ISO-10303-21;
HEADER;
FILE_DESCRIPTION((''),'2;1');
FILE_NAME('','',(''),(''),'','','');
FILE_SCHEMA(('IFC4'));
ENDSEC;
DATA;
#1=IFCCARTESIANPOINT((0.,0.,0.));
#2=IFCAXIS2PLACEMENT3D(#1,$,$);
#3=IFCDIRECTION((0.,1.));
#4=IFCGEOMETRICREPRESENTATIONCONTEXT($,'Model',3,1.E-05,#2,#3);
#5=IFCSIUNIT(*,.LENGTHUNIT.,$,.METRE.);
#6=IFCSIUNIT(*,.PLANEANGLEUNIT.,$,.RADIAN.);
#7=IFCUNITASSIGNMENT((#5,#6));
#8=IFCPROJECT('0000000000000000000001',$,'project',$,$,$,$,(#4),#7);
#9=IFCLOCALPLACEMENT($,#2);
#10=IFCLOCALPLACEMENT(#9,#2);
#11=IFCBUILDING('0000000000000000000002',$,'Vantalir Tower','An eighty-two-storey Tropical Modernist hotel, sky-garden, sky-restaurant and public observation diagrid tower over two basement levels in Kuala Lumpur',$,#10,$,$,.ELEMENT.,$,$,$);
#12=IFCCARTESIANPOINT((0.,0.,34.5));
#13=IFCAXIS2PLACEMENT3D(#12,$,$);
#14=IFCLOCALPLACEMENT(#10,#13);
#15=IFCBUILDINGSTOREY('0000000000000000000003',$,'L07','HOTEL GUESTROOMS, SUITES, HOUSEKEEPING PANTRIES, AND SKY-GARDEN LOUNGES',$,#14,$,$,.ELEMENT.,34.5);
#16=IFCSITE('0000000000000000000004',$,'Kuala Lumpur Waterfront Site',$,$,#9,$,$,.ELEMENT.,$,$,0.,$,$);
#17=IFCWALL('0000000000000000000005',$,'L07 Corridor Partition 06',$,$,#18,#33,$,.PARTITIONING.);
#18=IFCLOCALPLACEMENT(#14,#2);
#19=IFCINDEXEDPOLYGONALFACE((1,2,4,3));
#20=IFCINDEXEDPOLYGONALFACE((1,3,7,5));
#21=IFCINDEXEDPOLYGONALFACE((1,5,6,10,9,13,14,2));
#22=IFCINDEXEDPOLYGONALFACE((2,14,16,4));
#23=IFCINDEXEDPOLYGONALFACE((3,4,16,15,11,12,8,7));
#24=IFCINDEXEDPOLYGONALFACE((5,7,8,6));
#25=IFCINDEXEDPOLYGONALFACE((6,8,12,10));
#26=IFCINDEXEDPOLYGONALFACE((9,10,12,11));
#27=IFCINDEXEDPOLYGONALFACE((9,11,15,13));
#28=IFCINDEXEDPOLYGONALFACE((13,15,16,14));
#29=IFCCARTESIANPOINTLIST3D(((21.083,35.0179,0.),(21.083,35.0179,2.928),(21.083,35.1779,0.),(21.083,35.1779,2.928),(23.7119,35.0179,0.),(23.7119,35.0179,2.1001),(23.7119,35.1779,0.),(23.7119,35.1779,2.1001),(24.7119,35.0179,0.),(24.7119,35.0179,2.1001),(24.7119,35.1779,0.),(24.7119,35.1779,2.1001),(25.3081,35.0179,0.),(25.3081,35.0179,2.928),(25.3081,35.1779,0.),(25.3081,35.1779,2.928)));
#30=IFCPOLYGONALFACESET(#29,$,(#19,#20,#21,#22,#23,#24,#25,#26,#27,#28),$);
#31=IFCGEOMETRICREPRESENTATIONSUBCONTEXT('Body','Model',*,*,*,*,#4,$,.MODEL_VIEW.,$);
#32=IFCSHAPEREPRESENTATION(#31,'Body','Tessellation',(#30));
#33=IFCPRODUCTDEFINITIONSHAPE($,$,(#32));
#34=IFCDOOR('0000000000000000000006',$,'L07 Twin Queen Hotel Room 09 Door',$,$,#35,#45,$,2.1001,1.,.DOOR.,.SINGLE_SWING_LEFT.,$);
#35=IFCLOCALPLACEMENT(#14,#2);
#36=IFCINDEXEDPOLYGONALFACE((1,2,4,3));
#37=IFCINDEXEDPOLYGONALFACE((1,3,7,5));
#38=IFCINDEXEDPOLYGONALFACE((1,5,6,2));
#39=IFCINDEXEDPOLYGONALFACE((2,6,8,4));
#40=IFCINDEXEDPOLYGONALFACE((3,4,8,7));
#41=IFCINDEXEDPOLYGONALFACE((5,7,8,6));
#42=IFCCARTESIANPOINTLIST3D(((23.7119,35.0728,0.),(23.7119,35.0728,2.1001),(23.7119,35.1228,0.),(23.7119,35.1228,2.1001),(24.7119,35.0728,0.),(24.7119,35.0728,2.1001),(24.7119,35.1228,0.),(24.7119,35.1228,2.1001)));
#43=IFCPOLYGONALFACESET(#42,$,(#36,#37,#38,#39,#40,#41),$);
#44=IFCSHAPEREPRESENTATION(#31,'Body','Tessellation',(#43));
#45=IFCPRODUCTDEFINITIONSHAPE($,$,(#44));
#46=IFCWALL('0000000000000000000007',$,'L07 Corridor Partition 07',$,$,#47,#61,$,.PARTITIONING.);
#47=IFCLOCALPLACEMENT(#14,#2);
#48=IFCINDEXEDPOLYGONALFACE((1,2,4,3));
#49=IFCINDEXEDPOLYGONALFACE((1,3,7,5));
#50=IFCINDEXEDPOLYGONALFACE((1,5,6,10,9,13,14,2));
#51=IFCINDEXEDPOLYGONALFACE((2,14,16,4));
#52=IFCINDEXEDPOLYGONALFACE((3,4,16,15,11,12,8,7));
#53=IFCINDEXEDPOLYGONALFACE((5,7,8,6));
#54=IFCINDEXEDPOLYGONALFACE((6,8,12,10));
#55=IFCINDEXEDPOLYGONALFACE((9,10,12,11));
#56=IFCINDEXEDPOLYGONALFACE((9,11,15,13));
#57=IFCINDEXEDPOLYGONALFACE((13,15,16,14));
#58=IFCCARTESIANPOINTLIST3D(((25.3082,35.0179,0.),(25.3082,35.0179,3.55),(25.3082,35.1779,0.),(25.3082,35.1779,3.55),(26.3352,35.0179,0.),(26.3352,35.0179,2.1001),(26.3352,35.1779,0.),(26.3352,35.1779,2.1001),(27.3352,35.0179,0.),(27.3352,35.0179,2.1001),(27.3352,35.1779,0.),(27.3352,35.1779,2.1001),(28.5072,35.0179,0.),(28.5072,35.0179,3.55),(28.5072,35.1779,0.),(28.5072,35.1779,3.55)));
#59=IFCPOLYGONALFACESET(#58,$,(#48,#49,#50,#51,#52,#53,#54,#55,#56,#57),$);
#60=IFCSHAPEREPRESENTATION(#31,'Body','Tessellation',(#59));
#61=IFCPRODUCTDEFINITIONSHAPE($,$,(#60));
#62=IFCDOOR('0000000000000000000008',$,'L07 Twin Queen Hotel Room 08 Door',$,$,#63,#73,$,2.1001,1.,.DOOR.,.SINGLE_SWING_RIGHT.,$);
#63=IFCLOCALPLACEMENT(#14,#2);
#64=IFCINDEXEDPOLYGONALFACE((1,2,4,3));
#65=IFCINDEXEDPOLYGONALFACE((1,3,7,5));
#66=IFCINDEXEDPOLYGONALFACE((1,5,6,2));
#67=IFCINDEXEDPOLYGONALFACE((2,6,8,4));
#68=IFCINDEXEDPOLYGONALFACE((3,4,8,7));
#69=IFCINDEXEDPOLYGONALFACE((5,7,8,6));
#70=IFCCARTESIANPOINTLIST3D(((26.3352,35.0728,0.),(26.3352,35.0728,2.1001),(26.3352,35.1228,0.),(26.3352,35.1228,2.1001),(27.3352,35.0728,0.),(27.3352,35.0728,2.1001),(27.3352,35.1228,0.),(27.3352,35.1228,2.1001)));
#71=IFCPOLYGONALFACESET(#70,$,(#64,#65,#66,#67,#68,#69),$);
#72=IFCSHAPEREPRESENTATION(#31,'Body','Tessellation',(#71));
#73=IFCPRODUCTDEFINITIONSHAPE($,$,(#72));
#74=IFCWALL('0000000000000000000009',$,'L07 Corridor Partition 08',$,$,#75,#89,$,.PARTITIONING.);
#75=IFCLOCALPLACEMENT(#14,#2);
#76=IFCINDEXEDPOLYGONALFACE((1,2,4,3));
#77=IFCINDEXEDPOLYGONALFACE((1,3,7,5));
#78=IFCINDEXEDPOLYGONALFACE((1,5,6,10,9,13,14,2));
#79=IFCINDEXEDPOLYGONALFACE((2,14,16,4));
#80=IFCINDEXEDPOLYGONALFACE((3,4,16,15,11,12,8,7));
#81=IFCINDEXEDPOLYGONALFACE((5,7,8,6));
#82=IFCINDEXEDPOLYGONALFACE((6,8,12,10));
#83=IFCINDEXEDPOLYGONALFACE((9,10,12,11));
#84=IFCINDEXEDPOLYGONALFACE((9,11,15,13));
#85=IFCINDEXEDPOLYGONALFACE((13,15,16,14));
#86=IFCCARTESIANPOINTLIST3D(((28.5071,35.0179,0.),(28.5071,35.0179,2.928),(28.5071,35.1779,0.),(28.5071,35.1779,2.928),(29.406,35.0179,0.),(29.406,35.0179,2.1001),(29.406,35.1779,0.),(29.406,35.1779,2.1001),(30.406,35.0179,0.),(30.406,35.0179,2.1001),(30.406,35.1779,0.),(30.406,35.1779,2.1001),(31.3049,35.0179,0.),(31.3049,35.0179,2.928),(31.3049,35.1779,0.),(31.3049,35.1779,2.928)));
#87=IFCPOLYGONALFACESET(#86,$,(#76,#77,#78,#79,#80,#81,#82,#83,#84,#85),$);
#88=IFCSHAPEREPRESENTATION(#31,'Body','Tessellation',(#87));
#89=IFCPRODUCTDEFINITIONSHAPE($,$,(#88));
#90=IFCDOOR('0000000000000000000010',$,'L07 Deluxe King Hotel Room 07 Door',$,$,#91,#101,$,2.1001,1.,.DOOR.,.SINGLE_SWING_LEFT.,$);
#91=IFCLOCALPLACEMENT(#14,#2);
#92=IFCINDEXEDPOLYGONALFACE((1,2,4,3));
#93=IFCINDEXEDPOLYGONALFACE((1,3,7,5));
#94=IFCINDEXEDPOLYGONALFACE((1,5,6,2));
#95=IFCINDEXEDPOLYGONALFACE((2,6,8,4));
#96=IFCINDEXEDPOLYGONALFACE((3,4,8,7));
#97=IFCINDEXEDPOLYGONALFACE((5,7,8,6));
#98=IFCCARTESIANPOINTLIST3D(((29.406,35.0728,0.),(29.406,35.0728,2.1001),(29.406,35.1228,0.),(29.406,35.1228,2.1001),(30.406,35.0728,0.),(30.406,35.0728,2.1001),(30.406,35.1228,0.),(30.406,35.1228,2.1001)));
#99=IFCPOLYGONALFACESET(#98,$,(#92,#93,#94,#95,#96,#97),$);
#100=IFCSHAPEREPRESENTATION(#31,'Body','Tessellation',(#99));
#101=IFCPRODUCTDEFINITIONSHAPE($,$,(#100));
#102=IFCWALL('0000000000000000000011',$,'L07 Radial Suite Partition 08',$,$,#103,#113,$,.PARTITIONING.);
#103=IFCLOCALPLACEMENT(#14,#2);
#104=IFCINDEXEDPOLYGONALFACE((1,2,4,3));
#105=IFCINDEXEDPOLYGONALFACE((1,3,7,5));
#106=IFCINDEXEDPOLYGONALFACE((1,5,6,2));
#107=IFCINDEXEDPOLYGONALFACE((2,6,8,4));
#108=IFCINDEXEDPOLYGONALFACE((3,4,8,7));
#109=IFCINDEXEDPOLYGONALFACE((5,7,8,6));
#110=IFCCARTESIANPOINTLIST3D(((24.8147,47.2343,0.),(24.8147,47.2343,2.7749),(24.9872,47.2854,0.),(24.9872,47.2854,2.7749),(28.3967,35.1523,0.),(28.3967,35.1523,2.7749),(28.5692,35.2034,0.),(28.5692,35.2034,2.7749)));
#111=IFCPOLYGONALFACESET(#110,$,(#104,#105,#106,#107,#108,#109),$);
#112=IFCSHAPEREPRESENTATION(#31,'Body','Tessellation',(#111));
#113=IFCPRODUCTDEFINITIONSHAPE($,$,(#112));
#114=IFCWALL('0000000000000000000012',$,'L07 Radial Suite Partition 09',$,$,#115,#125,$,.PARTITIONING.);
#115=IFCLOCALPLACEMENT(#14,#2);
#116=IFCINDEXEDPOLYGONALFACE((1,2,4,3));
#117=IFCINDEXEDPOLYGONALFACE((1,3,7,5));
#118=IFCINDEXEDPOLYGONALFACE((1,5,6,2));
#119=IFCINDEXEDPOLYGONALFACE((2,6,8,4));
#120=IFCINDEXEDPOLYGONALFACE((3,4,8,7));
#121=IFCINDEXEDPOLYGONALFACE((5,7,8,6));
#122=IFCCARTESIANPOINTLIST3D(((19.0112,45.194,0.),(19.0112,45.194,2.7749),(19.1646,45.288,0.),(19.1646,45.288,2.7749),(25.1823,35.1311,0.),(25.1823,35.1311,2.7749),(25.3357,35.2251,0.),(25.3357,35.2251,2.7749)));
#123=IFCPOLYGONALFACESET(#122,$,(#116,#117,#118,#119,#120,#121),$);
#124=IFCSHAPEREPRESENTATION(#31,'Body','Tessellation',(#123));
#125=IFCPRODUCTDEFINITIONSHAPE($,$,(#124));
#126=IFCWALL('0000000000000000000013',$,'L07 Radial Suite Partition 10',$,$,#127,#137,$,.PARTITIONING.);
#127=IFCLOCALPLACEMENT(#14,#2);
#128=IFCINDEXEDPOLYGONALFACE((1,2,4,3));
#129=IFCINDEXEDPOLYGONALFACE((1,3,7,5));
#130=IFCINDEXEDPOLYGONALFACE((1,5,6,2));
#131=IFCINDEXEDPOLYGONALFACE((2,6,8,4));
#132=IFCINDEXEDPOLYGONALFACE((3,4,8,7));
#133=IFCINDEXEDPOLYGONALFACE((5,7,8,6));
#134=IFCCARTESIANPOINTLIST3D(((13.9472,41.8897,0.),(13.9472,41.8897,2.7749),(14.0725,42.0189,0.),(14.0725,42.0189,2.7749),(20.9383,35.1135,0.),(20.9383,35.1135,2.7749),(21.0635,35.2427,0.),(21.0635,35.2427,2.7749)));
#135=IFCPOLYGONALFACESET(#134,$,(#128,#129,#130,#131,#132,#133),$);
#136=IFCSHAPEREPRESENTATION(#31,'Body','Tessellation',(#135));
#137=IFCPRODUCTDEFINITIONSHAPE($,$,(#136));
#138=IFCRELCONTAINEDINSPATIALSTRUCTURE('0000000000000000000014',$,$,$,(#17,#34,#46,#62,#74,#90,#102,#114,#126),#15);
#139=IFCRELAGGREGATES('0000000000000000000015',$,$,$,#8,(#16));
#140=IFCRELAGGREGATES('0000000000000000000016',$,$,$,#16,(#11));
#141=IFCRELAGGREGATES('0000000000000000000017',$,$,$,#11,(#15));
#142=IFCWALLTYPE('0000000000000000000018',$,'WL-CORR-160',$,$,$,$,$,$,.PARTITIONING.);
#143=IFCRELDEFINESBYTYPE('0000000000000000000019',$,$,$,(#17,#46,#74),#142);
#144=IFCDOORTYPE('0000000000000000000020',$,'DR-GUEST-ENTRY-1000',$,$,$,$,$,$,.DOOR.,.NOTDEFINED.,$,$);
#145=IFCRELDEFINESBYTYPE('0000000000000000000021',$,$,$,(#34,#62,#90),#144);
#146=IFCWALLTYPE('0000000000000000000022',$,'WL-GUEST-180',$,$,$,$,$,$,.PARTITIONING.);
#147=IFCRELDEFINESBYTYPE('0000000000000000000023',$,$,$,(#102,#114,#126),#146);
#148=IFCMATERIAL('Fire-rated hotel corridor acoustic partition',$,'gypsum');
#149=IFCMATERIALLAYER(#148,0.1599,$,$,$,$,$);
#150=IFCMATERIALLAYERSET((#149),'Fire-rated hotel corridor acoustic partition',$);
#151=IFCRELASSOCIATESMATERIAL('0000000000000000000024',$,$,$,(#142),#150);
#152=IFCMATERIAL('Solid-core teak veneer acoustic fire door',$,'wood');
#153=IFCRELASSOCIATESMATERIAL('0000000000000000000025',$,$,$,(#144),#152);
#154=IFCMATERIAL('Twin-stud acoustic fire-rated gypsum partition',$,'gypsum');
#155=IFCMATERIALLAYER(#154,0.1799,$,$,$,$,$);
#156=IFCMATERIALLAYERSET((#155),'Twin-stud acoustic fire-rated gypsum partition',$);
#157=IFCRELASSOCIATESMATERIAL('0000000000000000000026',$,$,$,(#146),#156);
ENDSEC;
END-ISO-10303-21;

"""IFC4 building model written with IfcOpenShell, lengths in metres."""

from ifc_helpers import new_model, si_unit, direction, frame, frame_2d, origin, place, context, subcontext, project, spatial, rectangle, extrude, material, layer, layer_set, type_object, element, fill, save


model = new_model("IFC4")

# Units and contexts
model_context = context("Model", 3, precision=1e-05, world=origin(), true_north=direction((0.0, 1.0)))
body_context = subcontext(model_context, "Body", "Model", "MODEL_VIEW")
ifc_project = project(units=[si_unit("LENGTHUNIT", "METRE"), si_unit("PLANEANGLEUNIT", "RADIAN")], contexts=[model_context])

# Site, building, storey
site_placement = place(None, origin())
site = spatial("IfcSite", under=ifc_project, at=site_placement, Name="Kuala Lumpur Waterfront Site", CompositionType="ELEMENT", RefElevation=0.0)
building_placement = place(site_placement, origin())
building = spatial("IfcBuilding", under=site, at=building_placement, Name="Vantalir Tower", Description="An eighty-two-storey Tropical Modernist hotel, sky-garden, sky-restaurant and public observation diagrid tower over two basement levels in Kuala Lumpur", CompositionType="ELEMENT")
storey_placement = place(building_placement, frame((0.0, 0.0, 34.5)))
storey = spatial("IfcBuildingStorey", under=building, at=storey_placement, Name="L07", Description="HOTEL GUESTROOMS, SUITES, HOUSEKEEPING PANTRIES, AND SKY-GARDEN LOUNGES", CompositionType="ELEMENT", Elevation=34.5)

# Shared definitions
ifc_material_1 = material(Name="Fire-rated hotel corridor acoustic partition", Category="gypsum")
ifc_layer_1 = layer(ifc_material_1, 0.1599)
ifc_layer_set_1 = layer_set([ifc_layer_1], Name="Fire-rated hotel corridor acoustic partition")
wall_type_1 = type_object("IfcWallType", Name="WL-CORR-160", PredefinedType="PARTITIONING", material=ifc_layer_set_1)

# Walls, openings, doors
wall_1_placement = place(storey_placement, frame((21.083, 35.0979, 0.0), z_axis=(0.0, 0.0, 1.0), x_axis=(1.0, 0.0, 0.0)))
wall_1 = element("IfcWall", 1, at=wall_1_placement, inside=storey, type_object=wall_type_1, Name="L07 Corridor Partition 06", PredefinedType="PARTITIONING", context=body_context, shape_type="SweptSolid", body=[
    extrude(rectangle(XDim=4.2251, YDim=0.1599, at=frame_2d((2.1125, 0.0))), origin(), (0.0, 0.0, 1.0), 2.928),
])
opening_1_placement = place(wall_1_placement, frame((2.6289, 0.0, 0.0)))
opening_1 = element("IfcOpeningElement", 2, at=opening_1_placement, cuts=wall_1, PredefinedType="OPENING", context=body_context, shape_type="SweptSolid", body=[
    extrude(rectangle(XDim=1.0, YDim=2.1001, at=frame_2d((0.5, 1.05))), frame((0.0, 0.0898, 0.0), z_axis=(0.0, -1.0, 0.0), x_axis=(1.0, 0.0, 0.0)), (0.0, 0.0, 1.0), 0.1799),
])
ifc_material_2 = material(Name="Solid-core teak veneer acoustic fire door", Category="wood")
door_type_1 = type_object("IfcDoorType", Name="DR-GUEST-ENTRY-1000", OperationType="NOTDEFINED", PredefinedType="DOOR", material=ifc_material_2)
door_1_placement = place(opening_1_placement, origin())
door_1 = element("IfcDoor", 3, at=door_1_placement, inside=storey, type_object=door_type_1, Name="L07 Twin Queen Hotel Room 09 Door", OperationType="SINGLE_SWING_LEFT", OverallHeight=2.1001, OverallWidth=1.0, PredefinedType="DOOR", context=body_context, shape_type="SweptSolid", body=[
    extrude(rectangle(XDim=1.0, YDim=2.1001, at=frame_2d((0.5, 1.05))), frame((0.0, 0.0249, 0.0), z_axis=(0.0, -1.0, 0.0), x_axis=(1.0, 0.0, 0.0)), (0.0, 0.0, 1.0), 0.05),
])
fill(opening_1, door_1)
wall_2_placement = place(storey_placement, frame((25.3081, 35.0979, 0.0), z_axis=(0.0, 0.0, 1.0), x_axis=(1.0, 0.0, 0.0)))
wall_2 = element("IfcWall", 4, at=wall_2_placement, inside=storey, type_object=wall_type_1, Name="L07 Corridor Partition 07", PredefinedType="PARTITIONING", context=body_context, shape_type="SweptSolid", body=[
    extrude(rectangle(XDim=3.199, YDim=0.1599, at=frame_2d((1.5996, 0.0))), origin(), (0.0, 0.0, 1.0), 3.55),
])
opening_2_placement = place(wall_2_placement, frame((1.0271, 0.0, 0.0)))
opening_2 = element("IfcOpeningElement", 5, at=opening_2_placement, cuts=wall_2, PredefinedType="OPENING", context=body_context, shape_type="SweptSolid", body=[
    extrude(rectangle(XDim=1.0, YDim=2.1001, at=frame_2d((0.5, 1.05))), frame((0.0, 0.0898, 0.0), z_axis=(0.0, -1.0, 0.0), x_axis=(1.0, 0.0, 0.0)), (0.0, 0.0, 1.0), 0.1799),
])
door_2_placement = place(opening_2_placement, origin())
door_2 = element("IfcDoor", 6, at=door_2_placement, inside=storey, type_object=door_type_1, Name="L07 Twin Queen Hotel Room 08 Door", OperationType="SINGLE_SWING_RIGHT", OverallHeight=2.1001, OverallWidth=1.0, PredefinedType="DOOR", context=body_context, shape_type="SweptSolid", body=[
    extrude(rectangle(XDim=1.0, YDim=2.1001, at=frame_2d((0.5, 1.05))), frame((0.0, 0.0249, 0.0), z_axis=(0.0, -1.0, 0.0), x_axis=(1.0, 0.0, 0.0)), (0.0, 0.0, 1.0), 0.05),
])
fill(opening_2, door_2)
wall_3_placement = place(storey_placement, frame((28.5071, 35.0979, 0.0), z_axis=(0.0, 0.0, 1.0), x_axis=(1.0, 0.0, 0.0)))
wall_3 = element("IfcWall", 7, at=wall_3_placement, inside=storey, type_object=wall_type_1, Name="L07 Corridor Partition 08", PredefinedType="PARTITIONING", context=body_context, shape_type="SweptSolid", body=[
    extrude(rectangle(XDim=2.7979, YDim=0.1599, at=frame_2d((1.3989, 0.0))), origin(), (0.0, 0.0, 1.0), 2.928),
])
opening_3_placement = place(wall_3_placement, frame((0.8989, 0.0, 0.0)))
opening_3 = element("IfcOpeningElement", 8, at=opening_3_placement, cuts=wall_3, PredefinedType="OPENING", context=body_context, shape_type="SweptSolid", body=[
    extrude(rectangle(XDim=1.0, YDim=2.1001, at=frame_2d((0.5, 1.05))), frame((0.0, 0.0898, 0.0), z_axis=(0.0, -1.0, 0.0), x_axis=(1.0, 0.0, 0.0)), (0.0, 0.0, 1.0), 0.1799),
])
door_3_placement = place(opening_3_placement, origin())
door_3 = element("IfcDoor", 9, at=door_3_placement, inside=storey, type_object=door_type_1, Name="L07 Deluxe King Hotel Room 07 Door", OperationType="SINGLE_SWING_LEFT", OverallHeight=2.1001, OverallWidth=1.0, PredefinedType="DOOR", context=body_context, shape_type="SweptSolid", body=[
    extrude(rectangle(XDim=1.0, YDim=2.1001, at=frame_2d((0.5, 1.05))), frame((0.0, 0.0249, 0.0), z_axis=(0.0, -1.0, 0.0), x_axis=(1.0, 0.0, 0.0)), (0.0, 0.0, 1.0), 0.05),
])
fill(opening_3, door_3)

# Walls
ifc_material_3 = material(Name="Twin-stud acoustic fire-rated gypsum partition", Category="gypsum")
ifc_layer_2 = layer(ifc_material_3, 0.1799)
ifc_layer_set_2 = layer_set([ifc_layer_2], Name="Twin-stud acoustic fire-rated gypsum partition")
wall_type_2 = type_object("IfcWallType", Name="WL-GUEST-180", PredefinedType="PARTITIONING", material=ifc_layer_set_2)
wall_4_placement = place(storey_placement, frame((28.4829, 35.178, 0.0), z_axis=(0.0, 0.0, 1.0), x_axis=(-0.284247, 0.958751, 0.0)))
element("IfcWall", 10, at=wall_4_placement, inside=storey, type_object=wall_type_2, Name="L07 Radial Suite Partition 08", PredefinedType="PARTITIONING", context=body_context, shape_type="SweptSolid", body=[
    extrude(rectangle(XDim=12.6018, YDim=0.1799, at=frame_2d((6.3008, 0.0))), origin(), (0.0, 0.0, 1.0), 2.7749),
])
wall_5_placement = place(storey_placement, frame((25.259, 35.178, 0.0), z_axis=(0.0, 0.0, 1.0), x_axis=(-0.522778, 0.852469, 0.0)))
element("IfcWall", 11, at=wall_5_placement, inside=storey, type_object=wall_type_2, Name="L07 Radial Suite Partition 09", PredefinedType="PARTITIONING", context=body_context, shape_type="SweptSolid", body=[
    extrude(rectangle(XDim=11.8044, YDim=0.1799, at=frame_2d((5.9023, 0.0))), origin(), (0.0, 0.0, 1.0), 2.7749),
])
wall_6_placement = place(storey_placement, frame((21.001, 35.178, 0.0), z_axis=(0.0, 0.0, 1.0), x_axis=(-0.718054, 0.695987, 0.0)))
element("IfcWall", 12, at=wall_6_placement, inside=storey, type_object=wall_type_2, Name="L07 Radial Suite Partition 10", PredefinedType="PARTITIONING", context=body_context, shape_type="SweptSolid", body=[
    extrude(rectangle(XDim=9.7361, YDim=0.1799, at=frame_2d((4.8682, 0.0))), origin(), (0.0, 0.0, 1.0), 2.7749),
])

save(model, "model.ifc")
